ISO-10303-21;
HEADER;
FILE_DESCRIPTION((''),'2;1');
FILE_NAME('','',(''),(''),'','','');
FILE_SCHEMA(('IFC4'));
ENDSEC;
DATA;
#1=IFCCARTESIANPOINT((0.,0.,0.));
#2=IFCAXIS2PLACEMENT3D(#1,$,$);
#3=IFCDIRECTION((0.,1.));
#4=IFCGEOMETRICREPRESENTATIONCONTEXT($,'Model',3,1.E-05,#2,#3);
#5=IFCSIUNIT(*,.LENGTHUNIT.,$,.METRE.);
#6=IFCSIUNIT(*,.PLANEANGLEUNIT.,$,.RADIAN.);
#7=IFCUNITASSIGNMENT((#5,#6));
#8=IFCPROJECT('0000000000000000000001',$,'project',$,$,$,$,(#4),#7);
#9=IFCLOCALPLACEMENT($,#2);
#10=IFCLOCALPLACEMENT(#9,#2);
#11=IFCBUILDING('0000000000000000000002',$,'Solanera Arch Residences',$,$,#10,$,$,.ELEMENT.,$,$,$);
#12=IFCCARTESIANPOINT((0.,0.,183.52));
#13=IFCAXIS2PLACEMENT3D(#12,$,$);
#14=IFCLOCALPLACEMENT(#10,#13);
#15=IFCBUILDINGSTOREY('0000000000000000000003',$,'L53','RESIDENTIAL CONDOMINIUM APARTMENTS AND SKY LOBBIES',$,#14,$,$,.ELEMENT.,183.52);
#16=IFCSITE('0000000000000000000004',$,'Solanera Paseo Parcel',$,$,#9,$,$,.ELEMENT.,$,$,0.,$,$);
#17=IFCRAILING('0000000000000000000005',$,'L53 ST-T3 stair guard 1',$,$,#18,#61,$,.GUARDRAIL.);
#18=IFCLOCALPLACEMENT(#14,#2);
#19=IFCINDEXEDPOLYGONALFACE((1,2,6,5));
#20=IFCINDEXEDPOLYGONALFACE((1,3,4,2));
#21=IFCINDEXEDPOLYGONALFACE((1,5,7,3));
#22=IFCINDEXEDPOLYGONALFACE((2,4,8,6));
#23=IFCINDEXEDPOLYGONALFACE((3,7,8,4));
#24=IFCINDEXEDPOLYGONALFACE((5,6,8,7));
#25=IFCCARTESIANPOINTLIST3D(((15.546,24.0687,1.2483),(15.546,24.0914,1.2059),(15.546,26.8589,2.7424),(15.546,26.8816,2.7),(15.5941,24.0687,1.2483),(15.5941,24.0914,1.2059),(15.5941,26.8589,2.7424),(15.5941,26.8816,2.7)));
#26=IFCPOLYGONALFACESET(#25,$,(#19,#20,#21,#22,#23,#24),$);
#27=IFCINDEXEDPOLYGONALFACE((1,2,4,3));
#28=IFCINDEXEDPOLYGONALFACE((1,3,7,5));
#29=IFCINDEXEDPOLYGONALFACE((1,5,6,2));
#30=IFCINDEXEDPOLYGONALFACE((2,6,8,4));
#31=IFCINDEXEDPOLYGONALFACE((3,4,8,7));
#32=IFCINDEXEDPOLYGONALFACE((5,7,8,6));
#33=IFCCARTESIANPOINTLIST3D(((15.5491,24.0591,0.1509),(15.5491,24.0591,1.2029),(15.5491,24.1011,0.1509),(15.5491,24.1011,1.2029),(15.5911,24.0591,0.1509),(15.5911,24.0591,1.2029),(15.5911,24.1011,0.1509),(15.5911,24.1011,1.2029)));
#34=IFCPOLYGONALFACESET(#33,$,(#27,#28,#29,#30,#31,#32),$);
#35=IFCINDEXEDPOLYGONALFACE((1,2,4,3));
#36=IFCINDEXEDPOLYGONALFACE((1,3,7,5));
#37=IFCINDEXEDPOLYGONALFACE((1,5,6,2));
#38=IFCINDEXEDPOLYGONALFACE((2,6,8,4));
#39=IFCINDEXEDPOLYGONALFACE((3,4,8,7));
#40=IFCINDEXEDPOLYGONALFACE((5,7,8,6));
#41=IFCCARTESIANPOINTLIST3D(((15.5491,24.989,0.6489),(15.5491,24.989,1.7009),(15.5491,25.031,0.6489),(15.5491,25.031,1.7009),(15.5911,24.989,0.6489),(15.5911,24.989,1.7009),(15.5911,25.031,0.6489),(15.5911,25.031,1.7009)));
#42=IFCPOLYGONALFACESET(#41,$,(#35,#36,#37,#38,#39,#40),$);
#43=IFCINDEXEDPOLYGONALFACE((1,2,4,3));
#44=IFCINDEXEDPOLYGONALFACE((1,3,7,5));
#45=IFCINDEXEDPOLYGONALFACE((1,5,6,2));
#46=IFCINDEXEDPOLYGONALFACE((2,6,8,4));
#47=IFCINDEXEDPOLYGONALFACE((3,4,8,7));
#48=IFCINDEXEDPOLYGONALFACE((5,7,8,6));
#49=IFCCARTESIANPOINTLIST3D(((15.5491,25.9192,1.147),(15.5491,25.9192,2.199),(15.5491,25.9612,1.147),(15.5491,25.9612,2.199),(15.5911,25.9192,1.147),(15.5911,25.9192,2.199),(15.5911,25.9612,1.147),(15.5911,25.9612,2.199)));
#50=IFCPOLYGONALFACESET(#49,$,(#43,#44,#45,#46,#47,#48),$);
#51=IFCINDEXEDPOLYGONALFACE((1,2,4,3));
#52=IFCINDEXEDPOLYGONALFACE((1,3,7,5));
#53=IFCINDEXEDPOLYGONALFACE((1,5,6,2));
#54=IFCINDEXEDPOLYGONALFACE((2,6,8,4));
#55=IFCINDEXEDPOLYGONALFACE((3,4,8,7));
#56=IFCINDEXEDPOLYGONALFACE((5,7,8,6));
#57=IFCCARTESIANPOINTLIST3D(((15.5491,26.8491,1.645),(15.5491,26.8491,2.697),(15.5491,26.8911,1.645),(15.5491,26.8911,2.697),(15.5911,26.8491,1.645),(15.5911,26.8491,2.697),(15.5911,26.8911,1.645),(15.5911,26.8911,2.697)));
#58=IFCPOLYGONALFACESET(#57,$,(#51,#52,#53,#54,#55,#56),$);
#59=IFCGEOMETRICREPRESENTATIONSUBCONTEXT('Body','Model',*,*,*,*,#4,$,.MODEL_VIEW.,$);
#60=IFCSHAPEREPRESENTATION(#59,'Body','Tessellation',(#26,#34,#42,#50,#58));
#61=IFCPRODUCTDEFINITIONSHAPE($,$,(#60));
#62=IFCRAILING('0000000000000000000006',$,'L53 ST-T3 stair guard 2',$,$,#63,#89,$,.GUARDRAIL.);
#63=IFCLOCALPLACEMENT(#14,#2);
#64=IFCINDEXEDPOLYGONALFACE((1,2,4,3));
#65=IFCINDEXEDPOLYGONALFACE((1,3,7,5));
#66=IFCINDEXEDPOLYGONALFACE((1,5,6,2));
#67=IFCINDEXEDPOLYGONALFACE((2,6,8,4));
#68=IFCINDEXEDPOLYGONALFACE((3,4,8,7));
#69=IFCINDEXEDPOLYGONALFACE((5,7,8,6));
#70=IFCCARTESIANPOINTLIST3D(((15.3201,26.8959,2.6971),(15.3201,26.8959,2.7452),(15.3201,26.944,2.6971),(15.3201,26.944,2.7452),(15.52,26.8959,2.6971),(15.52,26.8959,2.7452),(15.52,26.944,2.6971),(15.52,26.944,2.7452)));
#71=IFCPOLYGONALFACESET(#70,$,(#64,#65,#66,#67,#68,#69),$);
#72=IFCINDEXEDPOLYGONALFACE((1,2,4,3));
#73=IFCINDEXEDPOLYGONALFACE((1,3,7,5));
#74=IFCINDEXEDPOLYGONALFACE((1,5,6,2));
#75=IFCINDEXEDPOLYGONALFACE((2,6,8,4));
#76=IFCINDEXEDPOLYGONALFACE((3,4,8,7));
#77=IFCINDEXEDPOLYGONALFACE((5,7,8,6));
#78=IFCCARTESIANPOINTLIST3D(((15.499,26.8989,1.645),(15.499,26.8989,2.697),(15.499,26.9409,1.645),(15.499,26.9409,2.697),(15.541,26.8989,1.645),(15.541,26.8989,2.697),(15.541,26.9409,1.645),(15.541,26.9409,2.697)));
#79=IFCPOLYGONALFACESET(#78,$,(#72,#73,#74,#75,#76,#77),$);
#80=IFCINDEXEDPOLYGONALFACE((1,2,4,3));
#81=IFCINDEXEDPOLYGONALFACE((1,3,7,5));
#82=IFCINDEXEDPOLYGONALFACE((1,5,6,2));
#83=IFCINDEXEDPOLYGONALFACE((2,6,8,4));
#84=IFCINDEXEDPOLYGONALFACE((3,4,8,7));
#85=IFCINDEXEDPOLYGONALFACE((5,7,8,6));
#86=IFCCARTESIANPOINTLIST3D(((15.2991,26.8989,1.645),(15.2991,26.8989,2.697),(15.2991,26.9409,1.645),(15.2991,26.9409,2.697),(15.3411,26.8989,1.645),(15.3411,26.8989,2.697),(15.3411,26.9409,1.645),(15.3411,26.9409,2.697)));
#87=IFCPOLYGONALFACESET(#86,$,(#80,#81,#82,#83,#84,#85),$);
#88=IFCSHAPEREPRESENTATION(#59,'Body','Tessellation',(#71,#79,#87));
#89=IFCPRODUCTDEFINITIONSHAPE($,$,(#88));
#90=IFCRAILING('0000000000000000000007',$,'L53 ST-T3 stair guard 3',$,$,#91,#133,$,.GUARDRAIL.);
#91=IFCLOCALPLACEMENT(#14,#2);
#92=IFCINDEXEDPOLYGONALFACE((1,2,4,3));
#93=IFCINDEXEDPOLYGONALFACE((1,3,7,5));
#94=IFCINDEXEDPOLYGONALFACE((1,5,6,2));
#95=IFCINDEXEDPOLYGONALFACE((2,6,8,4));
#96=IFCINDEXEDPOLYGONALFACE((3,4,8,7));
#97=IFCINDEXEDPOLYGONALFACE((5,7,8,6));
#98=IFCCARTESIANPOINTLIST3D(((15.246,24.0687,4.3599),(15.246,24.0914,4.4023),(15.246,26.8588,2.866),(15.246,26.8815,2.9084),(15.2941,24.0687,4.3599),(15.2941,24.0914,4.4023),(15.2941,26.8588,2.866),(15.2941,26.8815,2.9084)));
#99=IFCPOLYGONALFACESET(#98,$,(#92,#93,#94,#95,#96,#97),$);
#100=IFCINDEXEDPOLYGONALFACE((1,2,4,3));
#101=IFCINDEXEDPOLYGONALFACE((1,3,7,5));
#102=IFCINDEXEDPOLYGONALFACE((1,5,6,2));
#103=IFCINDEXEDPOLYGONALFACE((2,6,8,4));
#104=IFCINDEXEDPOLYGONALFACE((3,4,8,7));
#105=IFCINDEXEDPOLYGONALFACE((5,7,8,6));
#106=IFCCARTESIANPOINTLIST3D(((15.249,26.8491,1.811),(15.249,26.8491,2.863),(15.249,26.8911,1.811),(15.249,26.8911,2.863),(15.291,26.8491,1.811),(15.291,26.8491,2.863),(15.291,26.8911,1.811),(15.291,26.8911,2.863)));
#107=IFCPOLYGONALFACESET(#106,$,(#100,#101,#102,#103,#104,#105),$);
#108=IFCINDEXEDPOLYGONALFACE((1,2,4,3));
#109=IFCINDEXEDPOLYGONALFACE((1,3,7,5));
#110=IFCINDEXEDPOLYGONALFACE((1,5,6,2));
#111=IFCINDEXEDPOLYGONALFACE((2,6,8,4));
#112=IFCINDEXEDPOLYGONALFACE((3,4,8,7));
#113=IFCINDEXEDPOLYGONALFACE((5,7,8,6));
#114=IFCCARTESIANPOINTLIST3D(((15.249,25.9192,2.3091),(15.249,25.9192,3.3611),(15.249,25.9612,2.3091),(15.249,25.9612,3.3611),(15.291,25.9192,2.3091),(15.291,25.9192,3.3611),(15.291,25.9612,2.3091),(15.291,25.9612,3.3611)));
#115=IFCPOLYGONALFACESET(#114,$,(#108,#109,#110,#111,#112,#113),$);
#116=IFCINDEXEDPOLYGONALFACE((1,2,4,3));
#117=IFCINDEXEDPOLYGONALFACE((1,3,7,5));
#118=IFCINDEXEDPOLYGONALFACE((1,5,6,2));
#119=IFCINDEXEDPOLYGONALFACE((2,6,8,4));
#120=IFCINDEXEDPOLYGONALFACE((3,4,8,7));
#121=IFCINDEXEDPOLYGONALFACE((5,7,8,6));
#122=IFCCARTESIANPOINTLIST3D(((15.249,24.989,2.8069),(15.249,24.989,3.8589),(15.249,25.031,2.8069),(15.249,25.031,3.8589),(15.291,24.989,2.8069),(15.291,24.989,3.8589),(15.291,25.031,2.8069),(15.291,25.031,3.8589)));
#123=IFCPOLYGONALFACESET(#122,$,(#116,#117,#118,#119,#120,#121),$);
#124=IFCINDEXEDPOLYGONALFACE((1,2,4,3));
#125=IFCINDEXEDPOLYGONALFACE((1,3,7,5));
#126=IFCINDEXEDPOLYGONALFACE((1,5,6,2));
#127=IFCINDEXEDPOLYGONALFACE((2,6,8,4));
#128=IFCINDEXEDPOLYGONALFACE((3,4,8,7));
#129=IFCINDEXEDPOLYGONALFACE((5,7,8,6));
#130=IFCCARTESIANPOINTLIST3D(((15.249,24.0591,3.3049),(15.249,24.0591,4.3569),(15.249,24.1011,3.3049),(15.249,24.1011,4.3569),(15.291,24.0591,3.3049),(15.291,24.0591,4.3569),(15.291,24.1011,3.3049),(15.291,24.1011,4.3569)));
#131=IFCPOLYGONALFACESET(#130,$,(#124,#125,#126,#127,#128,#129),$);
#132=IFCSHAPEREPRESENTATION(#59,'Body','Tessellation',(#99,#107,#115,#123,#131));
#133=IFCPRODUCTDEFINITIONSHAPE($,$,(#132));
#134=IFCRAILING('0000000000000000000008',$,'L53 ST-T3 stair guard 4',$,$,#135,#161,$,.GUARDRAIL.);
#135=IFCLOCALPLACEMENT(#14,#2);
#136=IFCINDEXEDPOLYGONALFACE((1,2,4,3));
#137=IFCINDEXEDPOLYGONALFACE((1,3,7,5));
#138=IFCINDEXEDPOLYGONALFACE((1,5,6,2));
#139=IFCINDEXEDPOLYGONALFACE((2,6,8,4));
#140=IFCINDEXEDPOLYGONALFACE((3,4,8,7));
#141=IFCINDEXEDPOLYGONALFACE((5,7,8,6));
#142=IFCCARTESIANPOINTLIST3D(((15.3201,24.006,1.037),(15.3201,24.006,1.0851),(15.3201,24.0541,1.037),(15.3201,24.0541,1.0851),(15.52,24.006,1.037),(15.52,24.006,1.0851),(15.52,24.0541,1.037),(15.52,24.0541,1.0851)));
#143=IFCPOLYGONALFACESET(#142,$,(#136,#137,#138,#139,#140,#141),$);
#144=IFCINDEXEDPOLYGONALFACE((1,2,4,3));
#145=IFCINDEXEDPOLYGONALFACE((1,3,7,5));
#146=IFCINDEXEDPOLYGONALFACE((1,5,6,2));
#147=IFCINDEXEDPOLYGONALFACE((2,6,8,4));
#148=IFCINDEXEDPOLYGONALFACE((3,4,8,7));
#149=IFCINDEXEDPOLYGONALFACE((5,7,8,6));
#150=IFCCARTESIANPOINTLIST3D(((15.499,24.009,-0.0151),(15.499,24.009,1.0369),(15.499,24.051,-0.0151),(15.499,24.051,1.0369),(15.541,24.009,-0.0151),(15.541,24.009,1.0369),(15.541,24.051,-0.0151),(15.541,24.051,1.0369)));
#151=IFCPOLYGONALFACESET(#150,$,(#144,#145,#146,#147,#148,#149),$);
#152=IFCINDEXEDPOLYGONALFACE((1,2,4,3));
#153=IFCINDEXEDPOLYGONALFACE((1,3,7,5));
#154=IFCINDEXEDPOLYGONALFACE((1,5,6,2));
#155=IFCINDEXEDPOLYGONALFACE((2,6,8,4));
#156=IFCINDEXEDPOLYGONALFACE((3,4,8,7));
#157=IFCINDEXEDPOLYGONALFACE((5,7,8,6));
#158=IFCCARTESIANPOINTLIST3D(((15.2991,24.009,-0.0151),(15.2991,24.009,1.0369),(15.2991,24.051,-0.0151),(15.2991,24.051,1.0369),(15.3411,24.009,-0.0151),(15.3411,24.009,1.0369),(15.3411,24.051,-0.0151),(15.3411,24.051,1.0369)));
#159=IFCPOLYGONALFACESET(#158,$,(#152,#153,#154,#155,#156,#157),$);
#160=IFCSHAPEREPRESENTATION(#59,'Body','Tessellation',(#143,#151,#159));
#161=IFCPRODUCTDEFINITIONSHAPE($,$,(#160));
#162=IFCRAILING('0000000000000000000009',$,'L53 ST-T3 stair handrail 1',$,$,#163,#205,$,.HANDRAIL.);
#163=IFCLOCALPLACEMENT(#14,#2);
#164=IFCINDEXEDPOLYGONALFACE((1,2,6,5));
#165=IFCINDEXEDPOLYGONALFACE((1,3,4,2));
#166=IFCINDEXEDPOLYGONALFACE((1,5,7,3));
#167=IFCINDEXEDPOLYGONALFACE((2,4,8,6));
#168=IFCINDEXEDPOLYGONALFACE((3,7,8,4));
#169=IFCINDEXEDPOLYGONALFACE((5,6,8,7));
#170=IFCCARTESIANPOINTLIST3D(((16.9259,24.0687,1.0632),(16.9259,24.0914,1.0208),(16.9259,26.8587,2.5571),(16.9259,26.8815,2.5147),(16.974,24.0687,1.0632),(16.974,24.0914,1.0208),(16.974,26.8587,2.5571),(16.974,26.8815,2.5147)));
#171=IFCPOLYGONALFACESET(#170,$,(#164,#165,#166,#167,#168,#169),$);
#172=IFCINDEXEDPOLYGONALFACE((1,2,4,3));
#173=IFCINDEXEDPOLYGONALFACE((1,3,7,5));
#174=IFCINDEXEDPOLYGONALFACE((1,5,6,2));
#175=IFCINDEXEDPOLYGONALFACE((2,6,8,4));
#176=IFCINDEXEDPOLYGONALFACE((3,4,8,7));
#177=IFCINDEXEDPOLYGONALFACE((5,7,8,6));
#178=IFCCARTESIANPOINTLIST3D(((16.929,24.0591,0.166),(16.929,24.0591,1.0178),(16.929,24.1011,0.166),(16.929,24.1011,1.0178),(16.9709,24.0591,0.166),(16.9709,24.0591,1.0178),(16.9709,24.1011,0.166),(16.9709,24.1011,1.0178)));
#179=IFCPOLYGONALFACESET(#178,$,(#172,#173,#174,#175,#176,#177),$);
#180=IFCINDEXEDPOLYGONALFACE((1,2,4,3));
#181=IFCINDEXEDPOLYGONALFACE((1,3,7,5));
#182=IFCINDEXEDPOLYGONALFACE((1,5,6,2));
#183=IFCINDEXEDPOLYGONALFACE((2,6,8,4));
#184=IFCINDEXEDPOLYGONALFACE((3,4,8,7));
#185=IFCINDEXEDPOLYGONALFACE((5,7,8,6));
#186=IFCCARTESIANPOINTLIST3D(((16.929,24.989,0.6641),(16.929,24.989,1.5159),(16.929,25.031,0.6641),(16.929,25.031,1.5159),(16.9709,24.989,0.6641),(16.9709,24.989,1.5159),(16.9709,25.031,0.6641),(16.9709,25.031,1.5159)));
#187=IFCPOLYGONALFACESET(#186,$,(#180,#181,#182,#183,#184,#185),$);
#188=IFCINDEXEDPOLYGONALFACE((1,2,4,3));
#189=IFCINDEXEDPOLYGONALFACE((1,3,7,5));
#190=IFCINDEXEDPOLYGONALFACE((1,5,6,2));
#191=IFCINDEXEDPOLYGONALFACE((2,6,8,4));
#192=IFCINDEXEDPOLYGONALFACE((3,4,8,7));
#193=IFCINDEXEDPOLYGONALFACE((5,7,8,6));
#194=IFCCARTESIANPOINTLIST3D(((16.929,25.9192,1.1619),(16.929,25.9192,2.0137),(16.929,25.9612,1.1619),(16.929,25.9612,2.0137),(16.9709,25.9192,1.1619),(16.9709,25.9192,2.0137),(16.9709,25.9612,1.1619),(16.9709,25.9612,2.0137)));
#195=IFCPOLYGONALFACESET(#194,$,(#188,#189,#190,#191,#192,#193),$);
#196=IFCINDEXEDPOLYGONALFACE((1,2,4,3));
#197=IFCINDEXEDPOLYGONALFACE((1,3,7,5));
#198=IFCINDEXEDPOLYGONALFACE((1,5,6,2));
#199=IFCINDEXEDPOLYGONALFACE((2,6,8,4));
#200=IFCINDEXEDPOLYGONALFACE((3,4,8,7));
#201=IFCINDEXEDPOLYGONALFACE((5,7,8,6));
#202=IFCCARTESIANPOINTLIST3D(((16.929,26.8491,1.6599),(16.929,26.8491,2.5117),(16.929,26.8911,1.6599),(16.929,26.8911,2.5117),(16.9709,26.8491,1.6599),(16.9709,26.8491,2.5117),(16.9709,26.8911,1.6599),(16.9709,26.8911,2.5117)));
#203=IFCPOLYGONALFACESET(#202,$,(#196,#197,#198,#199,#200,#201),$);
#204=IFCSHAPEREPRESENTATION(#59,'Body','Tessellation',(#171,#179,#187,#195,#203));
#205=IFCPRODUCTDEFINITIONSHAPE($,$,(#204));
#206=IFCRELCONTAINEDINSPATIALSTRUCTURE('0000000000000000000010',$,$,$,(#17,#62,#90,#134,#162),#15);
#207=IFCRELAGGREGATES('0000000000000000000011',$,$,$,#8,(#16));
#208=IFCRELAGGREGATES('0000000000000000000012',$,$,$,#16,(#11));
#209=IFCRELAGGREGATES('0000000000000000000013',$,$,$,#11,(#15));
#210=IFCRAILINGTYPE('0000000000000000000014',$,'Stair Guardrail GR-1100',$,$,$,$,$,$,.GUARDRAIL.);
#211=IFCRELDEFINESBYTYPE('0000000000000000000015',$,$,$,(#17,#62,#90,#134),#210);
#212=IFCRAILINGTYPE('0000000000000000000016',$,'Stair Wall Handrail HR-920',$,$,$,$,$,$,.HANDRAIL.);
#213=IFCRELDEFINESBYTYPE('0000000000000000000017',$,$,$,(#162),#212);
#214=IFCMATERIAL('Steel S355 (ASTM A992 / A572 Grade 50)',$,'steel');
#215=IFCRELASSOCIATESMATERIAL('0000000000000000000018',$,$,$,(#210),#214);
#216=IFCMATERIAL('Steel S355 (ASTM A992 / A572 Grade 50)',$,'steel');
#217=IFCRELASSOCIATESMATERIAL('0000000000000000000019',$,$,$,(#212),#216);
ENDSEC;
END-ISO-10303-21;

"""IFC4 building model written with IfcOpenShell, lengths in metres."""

from ifc_helpers import new_model, si_unit, direction, frame, origin, origin_2d, place, context, subcontext, project, spatial, rectangle, extrude, material, type_object, element, save


model = new_model("IFC4")

# Units and contexts
model_context = context("Model", 3, precision=1e-05, world=origin(), true_north=direction((0.0, 1.0)))
body_context = subcontext(model_context, "Body", "Model", "MODEL_VIEW")
ifc_project = project(units=[si_unit("LENGTHUNIT", "METRE"), si_unit("PLANEANGLEUNIT", "RADIAN")], contexts=[model_context])

# Site, building, storey
site_placement = place(None, origin())
site = spatial("IfcSite", under=ifc_project, at=site_placement, Name="Solanera Paseo Parcel", CompositionType="ELEMENT", RefElevation=0.0)
building_placement = place(site_placement, origin())
building = spatial("IfcBuilding", under=site, at=building_placement, Name="Solanera Arch Residences", CompositionType="ELEMENT")
storey_placement = place(building_placement, frame((0.0, 0.0, 183.52)))
storey = spatial("IfcBuildingStorey", under=building, at=storey_placement, Name="L53", Description="RESIDENTIAL CONDOMINIUM APARTMENTS AND SKY LOBBIES", CompositionType="ELEMENT", Elevation=183.52)

# Railings
ifc_material_1 = material(Name="Steel S355 (ASTM A992 / A572 Grade 50)", Category="steel")
railing_type_1 = type_object("IfcRailingType", Name="Stair Guardrail GR-1100", PredefinedType="GUARDRAIL", material=ifc_material_1)
railing_1_placement = place(storey_placement, frame((15.5701, 24.0801, 0.1509)))
element("IfcRailing", 1, at=railing_1_placement, inside=storey, type_object=railing_type_1, Name="L53 ST-T3 stair guard 1", PredefinedType="GUARDRAIL", context=body_context, shape_type="SweptSolid", body=[
    extrude(rectangle(XDim=0.0481, YDim=0.0481, at=origin_2d()), frame((0.0, 0.0, 1.0762), z_axis=(0.0, 0.881549, 0.472093), x_axis=(-1.0, 0.0, 0.0)), (0.0, 0.0, 1.0), 3.165),
    extrude(rectangle(XDim=0.042, YDim=0.042, at=origin_2d()), origin(), (0.0, 0.0, 1.0), 1.052),
    extrude(rectangle(XDim=0.042, YDim=0.042, at=origin_2d()), frame((0.0, 0.9299, 0.498)), (0.0, 0.0, 1.0), 1.052),
    extrude(rectangle(XDim=0.042, YDim=0.042, at=origin_2d()), frame((0.0, 1.8601, 0.9961)), (0.0, 0.0, 1.0), 1.052),
    extrude(rectangle(XDim=0.042, YDim=0.042, at=origin_2d()), frame((0.0, 2.79, 1.4941)), (0.0, 0.0, 1.0), 1.052),
])
railing_2_placement = place(storey_placement, frame((15.52, 26.9199, 1.645)))
element("IfcRailing", 2, at=railing_2_placement, inside=storey, type_object=railing_type_1, Name="L53 ST-T3 stair guard 2", PredefinedType="GUARDRAIL", context=body_context, shape_type="SweptSolid", body=[
    extrude(rectangle(XDim=0.0481, YDim=0.0481, at=origin_2d()), frame((0.0, 0.0, 1.0762), z_axis=(-1.0, 0.0, 0.0), x_axis=(0.0, -1.0, 0.0)), (0.0, 0.0, 1.0), 0.2),
    extrude(rectangle(XDim=0.042, YDim=0.042, at=origin_2d()), origin(), (0.0, 0.0, 1.0), 1.052),
    extrude(rectangle(XDim=0.042, YDim=0.042, at=origin_2d()), frame((-0.2, 0.0, 0.0)), (0.0, 0.0, 1.0), 1.052),
])
railing_3_placement = place(storey_placement, frame((15.27, 26.8701, 1.811)))
element("IfcRailing", 3, at=railing_3_placement, inside=storey, type_object=railing_type_1, Name="L53 ST-T3 stair guard 3", PredefinedType="GUARDRAIL", context=body_context, shape_type="SweptSolid", body=[
    extrude(rectangle(XDim=0.0481, YDim=0.0481, at=origin_2d()), frame((0.0, 0.0, 1.0762), z_axis=(0.0, -0.881581, 0.472033), x_axis=(1.0, 0.0, 0.0)), (0.0, 0.0, 1.0), 3.1648),
    extrude(rectangle(XDim=0.042, YDim=0.042, at=origin_2d()), origin(), (0.0, 0.0, 1.0), 1.052),
    extrude(rectangle(XDim=0.042, YDim=0.042, at=origin_2d()), frame((0.0, -0.9299, 0.498)), (0.0, 0.0, 1.0), 1.052),
    extrude(rectangle(XDim=0.042, YDim=0.042, at=origin_2d()), frame((0.0, -1.8601, 0.9958)), (0.0, 0.0, 1.0), 1.052),
    extrude(rectangle(XDim=0.042, YDim=0.042, at=origin_2d()), frame((0.0, -2.79, 1.4939)), (0.0, 0.0, 1.0), 1.052),
])
railing_4_placement = place(storey_placement, frame((15.52, 24.03, -0.0151)))
element("IfcRailing", 4, at=railing_4_placement, inside=storey, type_object=railing_type_1, Name="L53 ST-T3 stair guard 4", PredefinedType="GUARDRAIL", context=body_context, shape_type="SweptSolid", body=[
    extrude(rectangle(XDim=0.0481, YDim=0.0481, at=origin_2d()), frame((0.0, 0.0, 1.0762), z_axis=(-1.0, 0.0, 0.0), x_axis=(0.0, -1.0, 0.0)), (0.0, 0.0, 1.0), 0.2),
    extrude(rectangle(XDim=0.042, YDim=0.042, at=origin_2d()), origin(), (0.0, 0.0, 1.0), 1.052),
    extrude(rectangle(XDim=0.042, YDim=0.042, at=origin_2d()), frame((-0.2, 0.0, 0.0)), (0.0, 0.0, 1.0), 1.052),
])
ifc_material_2 = material(Name="Steel S355 (ASTM A992 / A572 Grade 50)", Category="steel")
railing_type_2 = type_object("IfcRailingType", Name="Stair Wall Handrail HR-920", PredefinedType="HANDRAIL", material=ifc_material_2)
railing_5_placement = place(storey_placement, frame((16.95, 24.0801, 0.166)))
element("IfcRailing", 5, at=railing_5_placement, inside=storey, type_object=railing_type_2, Name="L53 ST-T3 stair handrail 1", PredefinedType="HANDRAIL", context=body_context, shape_type="SweptSolid", body=[
    extrude(rectangle(XDim=0.0481, YDim=0.0481, at=origin_2d()), frame((0.0, 0.0, 0.876), z_axis=(0.0, 0.881581, 0.472033), x_axis=(-1.0, 0.0, 0.0)), (0.0, 0.0, 1.0), 3.1648),
    extrude(rectangle(XDim=0.042, YDim=0.042, at=origin_2d()), origin(), (0.0, 0.0, 1.0), 0.8518),
    extrude(rectangle(XDim=0.042, YDim=0.042, at=origin_2d()), frame((0.0, 0.9299, 0.498)), (0.0, 0.0, 1.0), 0.8518),
    extrude(rectangle(XDim=0.042, YDim=0.042, at=origin_2d()), frame((0.0, 1.8601, 0.9958)), (0.0, 0.0, 1.0), 0.8518),
    extrude(rectangle(XDim=0.042, YDim=0.042, at=origin_2d()), frame((0.0, 2.79, 1.4939)), (0.0, 0.0, 1.0), 0.8518),
])

save(model, "model.ifc")
